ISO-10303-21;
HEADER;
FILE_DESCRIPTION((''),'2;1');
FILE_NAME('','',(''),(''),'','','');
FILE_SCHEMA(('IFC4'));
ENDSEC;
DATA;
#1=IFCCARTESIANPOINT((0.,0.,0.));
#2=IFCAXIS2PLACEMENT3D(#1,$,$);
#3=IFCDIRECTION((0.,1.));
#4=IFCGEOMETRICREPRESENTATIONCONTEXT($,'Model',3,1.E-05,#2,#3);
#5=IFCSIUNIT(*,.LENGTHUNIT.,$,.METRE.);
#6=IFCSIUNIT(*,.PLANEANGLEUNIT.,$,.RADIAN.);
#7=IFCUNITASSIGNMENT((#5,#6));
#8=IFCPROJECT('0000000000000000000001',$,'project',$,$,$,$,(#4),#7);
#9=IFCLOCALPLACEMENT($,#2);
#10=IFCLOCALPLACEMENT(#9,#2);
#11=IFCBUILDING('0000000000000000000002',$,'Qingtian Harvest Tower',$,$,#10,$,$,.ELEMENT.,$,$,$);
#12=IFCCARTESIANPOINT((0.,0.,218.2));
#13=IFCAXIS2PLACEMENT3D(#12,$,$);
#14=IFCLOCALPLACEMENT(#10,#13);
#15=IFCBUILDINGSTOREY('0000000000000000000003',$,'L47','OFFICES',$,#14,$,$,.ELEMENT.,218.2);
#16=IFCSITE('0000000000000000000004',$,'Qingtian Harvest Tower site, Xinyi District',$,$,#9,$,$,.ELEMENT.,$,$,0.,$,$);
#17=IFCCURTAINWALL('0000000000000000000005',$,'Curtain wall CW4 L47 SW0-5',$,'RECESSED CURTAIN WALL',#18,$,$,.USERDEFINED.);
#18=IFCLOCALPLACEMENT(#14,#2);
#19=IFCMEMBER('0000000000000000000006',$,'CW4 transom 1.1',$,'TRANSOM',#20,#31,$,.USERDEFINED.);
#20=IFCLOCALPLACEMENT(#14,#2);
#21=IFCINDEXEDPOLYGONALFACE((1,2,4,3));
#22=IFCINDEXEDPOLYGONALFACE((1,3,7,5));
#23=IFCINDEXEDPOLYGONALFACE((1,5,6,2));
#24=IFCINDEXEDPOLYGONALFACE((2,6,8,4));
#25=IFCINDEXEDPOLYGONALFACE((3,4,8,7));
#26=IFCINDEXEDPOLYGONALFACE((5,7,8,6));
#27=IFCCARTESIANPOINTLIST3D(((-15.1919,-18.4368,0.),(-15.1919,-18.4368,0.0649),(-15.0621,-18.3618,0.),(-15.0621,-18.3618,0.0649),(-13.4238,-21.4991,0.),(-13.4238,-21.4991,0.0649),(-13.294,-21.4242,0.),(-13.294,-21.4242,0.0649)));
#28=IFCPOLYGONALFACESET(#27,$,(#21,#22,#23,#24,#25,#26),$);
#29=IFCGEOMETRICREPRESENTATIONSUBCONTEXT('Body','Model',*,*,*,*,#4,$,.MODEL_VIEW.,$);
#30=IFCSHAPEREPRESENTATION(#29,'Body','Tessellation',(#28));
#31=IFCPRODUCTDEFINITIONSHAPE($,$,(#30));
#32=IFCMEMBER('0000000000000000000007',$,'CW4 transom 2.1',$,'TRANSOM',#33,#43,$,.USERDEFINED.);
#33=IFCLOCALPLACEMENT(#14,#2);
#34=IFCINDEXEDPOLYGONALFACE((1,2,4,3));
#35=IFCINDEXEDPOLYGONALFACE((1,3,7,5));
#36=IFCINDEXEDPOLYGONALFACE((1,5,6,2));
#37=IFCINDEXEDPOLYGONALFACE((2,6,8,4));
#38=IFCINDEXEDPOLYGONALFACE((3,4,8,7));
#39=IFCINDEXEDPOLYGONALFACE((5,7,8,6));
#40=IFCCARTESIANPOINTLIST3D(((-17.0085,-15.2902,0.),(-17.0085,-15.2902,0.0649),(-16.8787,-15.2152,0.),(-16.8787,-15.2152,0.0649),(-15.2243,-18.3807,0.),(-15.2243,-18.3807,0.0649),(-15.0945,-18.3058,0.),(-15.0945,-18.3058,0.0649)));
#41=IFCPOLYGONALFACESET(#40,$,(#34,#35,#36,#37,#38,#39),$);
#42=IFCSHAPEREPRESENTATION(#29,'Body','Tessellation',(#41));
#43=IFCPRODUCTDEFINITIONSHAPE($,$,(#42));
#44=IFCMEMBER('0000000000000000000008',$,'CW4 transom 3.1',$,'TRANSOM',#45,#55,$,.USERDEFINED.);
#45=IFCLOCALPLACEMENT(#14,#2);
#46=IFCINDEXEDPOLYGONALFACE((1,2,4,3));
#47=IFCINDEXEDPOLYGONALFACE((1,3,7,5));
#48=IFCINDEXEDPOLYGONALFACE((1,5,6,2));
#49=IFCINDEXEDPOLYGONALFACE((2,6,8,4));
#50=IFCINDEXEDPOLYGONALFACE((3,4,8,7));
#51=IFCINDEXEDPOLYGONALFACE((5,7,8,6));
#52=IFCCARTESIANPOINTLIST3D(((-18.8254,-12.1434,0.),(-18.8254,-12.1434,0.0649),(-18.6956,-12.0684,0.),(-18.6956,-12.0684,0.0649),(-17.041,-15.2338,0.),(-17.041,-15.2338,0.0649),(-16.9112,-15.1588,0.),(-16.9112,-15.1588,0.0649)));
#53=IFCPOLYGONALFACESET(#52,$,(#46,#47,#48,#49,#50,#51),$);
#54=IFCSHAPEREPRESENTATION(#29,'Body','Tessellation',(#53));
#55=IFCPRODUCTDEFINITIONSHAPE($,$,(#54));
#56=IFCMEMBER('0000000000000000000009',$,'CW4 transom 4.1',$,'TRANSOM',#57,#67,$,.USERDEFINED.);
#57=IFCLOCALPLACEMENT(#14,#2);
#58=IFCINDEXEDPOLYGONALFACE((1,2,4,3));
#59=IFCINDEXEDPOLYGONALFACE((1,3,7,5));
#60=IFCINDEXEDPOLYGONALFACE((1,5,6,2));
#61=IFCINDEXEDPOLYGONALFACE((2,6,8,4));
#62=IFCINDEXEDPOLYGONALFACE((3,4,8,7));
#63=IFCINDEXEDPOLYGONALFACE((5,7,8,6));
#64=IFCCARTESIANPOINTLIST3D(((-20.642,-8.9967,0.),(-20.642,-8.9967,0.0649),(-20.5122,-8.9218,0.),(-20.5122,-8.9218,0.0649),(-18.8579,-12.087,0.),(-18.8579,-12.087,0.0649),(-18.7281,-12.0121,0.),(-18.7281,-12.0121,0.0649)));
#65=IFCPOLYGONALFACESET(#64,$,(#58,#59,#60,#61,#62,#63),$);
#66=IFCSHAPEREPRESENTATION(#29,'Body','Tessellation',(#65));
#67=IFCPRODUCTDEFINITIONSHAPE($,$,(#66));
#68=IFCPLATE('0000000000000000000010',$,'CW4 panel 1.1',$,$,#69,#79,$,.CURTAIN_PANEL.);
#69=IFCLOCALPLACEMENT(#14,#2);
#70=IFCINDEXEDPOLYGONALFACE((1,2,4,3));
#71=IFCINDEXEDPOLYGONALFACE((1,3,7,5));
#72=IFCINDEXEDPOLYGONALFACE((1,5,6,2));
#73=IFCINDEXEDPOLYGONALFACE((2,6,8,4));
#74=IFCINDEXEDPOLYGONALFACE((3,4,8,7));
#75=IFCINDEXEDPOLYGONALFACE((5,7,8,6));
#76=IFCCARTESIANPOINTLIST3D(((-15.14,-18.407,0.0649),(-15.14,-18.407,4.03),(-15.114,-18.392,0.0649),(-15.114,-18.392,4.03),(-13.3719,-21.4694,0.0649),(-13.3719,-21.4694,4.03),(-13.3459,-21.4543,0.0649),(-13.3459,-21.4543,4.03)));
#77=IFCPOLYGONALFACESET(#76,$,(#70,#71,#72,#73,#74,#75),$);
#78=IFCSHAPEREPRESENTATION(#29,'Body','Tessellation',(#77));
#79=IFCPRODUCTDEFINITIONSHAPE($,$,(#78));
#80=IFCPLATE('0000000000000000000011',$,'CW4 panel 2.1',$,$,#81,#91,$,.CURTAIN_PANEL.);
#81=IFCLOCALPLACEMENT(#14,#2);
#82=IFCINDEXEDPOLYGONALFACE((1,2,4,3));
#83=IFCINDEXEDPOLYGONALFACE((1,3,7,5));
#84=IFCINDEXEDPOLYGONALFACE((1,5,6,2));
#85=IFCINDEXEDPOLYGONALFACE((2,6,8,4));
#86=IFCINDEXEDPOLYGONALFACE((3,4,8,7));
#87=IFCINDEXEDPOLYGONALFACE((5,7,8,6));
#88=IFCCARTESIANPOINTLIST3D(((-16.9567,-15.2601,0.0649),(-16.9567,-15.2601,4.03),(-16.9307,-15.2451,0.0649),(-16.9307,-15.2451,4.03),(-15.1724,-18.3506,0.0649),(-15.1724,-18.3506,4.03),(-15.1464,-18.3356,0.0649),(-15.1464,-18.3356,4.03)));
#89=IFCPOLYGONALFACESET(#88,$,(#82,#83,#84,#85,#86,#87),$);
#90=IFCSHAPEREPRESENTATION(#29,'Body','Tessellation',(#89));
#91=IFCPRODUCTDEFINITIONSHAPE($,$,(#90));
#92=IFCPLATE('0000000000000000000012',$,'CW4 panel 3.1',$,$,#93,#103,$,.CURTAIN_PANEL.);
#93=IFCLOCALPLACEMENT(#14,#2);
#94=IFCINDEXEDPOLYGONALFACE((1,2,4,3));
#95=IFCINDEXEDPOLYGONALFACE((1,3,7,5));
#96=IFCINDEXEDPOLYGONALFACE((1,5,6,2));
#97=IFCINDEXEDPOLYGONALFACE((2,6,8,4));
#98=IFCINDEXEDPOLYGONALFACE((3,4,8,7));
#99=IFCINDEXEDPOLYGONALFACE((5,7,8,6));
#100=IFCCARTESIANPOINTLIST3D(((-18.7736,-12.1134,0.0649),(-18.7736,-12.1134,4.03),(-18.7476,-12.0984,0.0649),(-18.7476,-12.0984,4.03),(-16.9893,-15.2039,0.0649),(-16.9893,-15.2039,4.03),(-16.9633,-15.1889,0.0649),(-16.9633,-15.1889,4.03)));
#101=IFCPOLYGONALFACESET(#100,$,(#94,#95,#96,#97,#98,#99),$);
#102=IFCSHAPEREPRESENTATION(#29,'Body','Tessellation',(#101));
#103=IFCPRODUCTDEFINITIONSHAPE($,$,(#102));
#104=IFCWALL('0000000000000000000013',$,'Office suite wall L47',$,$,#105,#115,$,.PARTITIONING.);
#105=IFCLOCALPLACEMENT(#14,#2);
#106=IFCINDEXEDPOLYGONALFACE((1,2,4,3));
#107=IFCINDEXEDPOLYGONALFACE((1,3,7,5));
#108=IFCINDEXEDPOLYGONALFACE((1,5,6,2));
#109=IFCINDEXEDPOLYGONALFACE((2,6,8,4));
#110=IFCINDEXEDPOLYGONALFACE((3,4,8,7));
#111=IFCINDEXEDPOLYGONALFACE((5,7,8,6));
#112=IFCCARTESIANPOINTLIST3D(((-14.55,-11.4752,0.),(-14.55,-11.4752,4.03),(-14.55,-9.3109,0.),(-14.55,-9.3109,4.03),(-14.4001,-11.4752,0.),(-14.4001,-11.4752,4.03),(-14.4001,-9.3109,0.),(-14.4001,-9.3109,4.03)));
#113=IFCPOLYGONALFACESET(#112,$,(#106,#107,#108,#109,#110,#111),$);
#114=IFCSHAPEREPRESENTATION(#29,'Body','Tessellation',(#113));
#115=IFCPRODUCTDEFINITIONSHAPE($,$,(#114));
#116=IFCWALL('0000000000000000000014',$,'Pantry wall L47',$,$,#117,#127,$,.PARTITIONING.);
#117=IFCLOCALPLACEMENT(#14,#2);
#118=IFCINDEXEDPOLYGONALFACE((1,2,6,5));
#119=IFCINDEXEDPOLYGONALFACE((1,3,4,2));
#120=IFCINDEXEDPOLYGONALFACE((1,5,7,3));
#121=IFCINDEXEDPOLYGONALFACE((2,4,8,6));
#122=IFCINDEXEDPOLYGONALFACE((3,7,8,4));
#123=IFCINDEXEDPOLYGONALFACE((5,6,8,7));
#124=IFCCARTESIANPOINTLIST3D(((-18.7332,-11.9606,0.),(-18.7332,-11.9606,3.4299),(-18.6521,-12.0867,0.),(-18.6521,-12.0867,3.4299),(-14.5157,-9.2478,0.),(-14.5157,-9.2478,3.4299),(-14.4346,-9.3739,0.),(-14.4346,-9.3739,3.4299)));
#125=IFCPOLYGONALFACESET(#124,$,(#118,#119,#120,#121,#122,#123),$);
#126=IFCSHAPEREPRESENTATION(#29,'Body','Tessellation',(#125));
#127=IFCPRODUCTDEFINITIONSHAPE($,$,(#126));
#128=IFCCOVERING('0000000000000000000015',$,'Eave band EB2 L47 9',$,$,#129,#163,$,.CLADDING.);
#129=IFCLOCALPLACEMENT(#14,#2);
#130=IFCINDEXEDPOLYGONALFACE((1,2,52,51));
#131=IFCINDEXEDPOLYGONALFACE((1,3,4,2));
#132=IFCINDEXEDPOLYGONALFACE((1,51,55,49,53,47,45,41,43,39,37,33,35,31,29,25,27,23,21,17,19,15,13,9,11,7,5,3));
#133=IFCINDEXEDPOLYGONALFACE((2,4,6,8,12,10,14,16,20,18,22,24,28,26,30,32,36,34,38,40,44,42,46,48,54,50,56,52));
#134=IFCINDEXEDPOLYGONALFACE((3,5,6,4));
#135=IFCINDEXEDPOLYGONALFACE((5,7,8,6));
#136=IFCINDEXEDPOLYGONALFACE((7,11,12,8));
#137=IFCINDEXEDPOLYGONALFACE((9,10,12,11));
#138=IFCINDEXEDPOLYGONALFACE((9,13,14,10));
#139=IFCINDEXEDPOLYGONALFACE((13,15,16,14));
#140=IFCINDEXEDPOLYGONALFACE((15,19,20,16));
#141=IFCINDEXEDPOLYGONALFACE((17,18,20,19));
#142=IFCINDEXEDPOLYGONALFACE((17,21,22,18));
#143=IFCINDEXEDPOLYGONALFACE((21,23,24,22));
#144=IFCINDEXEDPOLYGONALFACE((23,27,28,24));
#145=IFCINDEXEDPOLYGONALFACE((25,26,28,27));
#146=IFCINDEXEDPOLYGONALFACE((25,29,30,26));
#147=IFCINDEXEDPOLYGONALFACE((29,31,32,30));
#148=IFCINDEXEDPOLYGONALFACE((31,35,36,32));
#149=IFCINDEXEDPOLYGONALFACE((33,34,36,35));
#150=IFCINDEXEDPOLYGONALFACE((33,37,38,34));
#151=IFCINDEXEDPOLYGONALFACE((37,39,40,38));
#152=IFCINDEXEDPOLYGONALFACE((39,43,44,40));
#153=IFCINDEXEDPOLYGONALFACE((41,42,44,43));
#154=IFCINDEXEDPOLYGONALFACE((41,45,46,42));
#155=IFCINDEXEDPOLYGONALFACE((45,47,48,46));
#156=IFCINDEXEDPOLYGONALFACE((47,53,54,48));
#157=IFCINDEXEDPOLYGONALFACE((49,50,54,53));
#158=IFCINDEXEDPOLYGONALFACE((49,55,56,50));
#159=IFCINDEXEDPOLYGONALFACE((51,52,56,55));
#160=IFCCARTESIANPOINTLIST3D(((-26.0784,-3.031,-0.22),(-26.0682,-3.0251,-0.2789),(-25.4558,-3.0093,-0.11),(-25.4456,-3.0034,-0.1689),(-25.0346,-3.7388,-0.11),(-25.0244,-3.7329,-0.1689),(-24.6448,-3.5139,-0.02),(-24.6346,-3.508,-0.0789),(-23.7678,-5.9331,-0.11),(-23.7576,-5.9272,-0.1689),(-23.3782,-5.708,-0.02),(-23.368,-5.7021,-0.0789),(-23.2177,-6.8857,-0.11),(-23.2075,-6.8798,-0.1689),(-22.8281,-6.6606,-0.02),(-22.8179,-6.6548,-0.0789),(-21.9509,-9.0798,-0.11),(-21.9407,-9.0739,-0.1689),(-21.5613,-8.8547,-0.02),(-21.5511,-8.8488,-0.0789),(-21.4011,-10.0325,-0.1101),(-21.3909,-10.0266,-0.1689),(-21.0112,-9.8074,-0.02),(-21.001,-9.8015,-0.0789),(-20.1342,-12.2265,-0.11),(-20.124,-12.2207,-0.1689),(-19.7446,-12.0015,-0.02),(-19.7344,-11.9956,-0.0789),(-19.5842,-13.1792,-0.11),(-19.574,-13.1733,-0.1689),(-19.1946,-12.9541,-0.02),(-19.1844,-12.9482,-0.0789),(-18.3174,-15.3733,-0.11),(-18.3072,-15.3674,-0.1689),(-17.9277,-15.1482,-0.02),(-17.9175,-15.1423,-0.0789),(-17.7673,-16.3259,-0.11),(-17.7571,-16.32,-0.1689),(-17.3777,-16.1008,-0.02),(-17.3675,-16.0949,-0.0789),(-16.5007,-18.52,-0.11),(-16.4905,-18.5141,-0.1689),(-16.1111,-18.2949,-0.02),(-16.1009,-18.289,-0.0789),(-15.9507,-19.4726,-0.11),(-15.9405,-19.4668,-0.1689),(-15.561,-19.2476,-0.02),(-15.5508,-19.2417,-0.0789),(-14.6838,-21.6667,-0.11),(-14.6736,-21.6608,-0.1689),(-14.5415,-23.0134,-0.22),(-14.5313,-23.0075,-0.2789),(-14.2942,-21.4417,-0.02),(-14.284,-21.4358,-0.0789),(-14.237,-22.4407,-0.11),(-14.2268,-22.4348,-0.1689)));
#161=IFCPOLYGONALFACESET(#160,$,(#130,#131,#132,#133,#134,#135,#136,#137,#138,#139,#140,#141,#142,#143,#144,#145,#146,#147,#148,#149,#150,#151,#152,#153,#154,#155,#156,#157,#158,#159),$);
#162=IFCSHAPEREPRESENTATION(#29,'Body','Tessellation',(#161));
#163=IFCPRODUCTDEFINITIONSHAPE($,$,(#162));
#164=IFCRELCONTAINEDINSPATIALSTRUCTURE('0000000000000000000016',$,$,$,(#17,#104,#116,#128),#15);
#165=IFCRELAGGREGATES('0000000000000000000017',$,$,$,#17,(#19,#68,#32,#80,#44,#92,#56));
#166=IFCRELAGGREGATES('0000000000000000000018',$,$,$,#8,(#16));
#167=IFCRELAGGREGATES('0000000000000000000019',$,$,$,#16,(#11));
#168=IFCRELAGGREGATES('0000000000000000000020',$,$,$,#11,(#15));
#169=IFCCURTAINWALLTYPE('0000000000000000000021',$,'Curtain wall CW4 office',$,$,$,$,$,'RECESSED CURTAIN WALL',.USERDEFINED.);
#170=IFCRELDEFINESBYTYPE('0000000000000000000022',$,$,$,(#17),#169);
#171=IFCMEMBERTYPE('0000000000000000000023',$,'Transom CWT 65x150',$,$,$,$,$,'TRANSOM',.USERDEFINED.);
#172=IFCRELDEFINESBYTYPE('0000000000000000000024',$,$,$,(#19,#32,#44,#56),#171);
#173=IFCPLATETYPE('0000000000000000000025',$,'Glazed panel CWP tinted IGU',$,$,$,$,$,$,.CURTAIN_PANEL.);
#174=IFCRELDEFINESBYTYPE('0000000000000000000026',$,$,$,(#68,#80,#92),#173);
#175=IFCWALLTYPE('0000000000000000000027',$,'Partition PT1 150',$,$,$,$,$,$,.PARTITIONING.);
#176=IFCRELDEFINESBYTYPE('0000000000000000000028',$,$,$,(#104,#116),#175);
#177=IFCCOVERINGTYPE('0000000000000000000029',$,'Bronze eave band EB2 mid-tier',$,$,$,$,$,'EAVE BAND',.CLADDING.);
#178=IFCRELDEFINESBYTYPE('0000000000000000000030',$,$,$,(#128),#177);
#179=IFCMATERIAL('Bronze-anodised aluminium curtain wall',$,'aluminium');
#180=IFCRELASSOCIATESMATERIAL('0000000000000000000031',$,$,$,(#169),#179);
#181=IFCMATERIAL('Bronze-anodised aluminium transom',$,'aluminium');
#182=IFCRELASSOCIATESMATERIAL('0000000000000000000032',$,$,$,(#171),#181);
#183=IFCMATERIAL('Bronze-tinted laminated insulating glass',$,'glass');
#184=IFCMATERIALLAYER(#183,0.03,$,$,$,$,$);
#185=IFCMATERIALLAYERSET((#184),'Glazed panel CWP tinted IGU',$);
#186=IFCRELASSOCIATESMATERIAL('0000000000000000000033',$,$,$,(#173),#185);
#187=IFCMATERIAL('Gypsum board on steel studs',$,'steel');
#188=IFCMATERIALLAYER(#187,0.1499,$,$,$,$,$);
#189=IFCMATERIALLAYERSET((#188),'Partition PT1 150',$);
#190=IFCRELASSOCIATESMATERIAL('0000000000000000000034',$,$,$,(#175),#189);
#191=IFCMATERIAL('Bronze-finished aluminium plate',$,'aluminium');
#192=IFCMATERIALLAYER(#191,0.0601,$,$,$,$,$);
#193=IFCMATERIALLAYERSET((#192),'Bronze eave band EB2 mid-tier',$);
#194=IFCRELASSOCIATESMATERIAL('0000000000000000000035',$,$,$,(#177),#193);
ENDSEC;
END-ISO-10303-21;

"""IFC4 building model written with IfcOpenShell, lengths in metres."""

from ifc_helpers import new_model, si_unit, direction, frame, frame_2d, origin, origin_2d, place, context, subcontext, project, spatial, polyline, rectangle, outline, extrude, material, layer, layer_set, material_profile, profile_set, type_object, element, aggregate, save


model = new_model("IFC4")

# Units and contexts
model_context = context("Model", 3, precision=1e-05, world=origin(), true_north=direction((0.0, 1.0)))
body_context = subcontext(model_context, "Body", "Model", "MODEL_VIEW")
ifc_project = project(units=[si_unit("LENGTHUNIT", "METRE"), si_unit("PLANEANGLEUNIT", "RADIAN")], contexts=[model_context])

# Site, building, storey
site_placement = place(None, origin())
site = spatial("IfcSite", under=ifc_project, at=site_placement, Name="Qingtian Harvest Tower site, Xinyi District", CompositionType="ELEMENT", RefElevation=0.0)
building_placement = place(site_placement, origin())
building = spatial("IfcBuilding", under=site, at=building_placement, Name="Qingtian Harvest Tower", CompositionType="ELEMENT")
storey_placement = place(building_placement, frame((0.0, 0.0, 218.2)))
storey = spatial("IfcBuildingStorey", under=building, at=storey_placement, Name="L47", Description="OFFICES", CompositionType="ELEMENT", Elevation=218.2)

# Curtain wall
ifc_material_1 = material(Name="Bronze-anodised aluminium curtain wall", Category="aluminium")
curtain_wall_type = type_object("IfcCurtainWallType", Name="Curtain wall CW4 office", ElementType="RECESSED CURTAIN WALL", PredefinedType="USERDEFINED", material=ifc_material_1)
curtain_wall_placement = place(storey_placement, origin())
curtain_wall = element("IfcCurtainWall", 1, at=curtain_wall_placement, inside=storey, type_object=curtain_wall_type, Name="Curtain wall CW4 L47 SW0-5", ObjectType="RECESSED CURTAIN WALL", PredefinedType="USERDEFINED")

# Members
ifc_material_2 = material(Name="Bronze-anodised aluminium transom", Category="aluminium")
ifc_material_profile_1 = material_profile(ifc_material_2, rectangle(XDim=0.1499, YDim=0.0649, at=origin_2d()), Name="AL 65x150")
ifc_profile_set_1 = profile_set([ifc_material_profile_1], Name="Bronze-anodised aluminium transom")
member_type_1 = type_object("IfcMemberType", Name="Transom CWT 65x150", ElementType="TRANSOM", PredefinedType="USERDEFINED", material=ifc_profile_set_1)
member_1_placement = place(storey_placement, frame((-13.3589, -21.4617, 0.0325), z_axis=(-0.500015, 0.866017, 0.0), x_axis=(-0.866017, -0.500015, 0.0)))
member_1 = element("IfcMember", 2, at=member_1_placement, type_object=member_type_1, Name="CW4 transom 1.1", ObjectType="TRANSOM", PredefinedType="USERDEFINED", context=body_context, shape_type="SweptSolid", body=[
    extrude(rectangle(XDim=0.1499, YDim=0.0649, at=origin_2d()), origin(), (0.0, 0.0, 1.0), 3.5361),
])
member_2_placement = place(storey_placement, frame((-15.1594, -18.3433, 0.0325), z_axis=(-0.499965, 0.866045, 0.0), x_axis=(-0.866045, -0.499965, 0.0)))
member_2 = element("IfcMember", 3, at=member_2_placement, type_object=member_type_1, Name="CW4 transom 2.1", ObjectType="TRANSOM", PredefinedType="USERDEFINED", context=body_context, shape_type="SweptSolid", body=[
    extrude(rectangle(XDim=0.1499, YDim=0.0649, at=origin_2d()), origin(), (0.0, 0.0, 1.0), 3.5686),
])
member_3_placement = place(storey_placement, frame((-16.9761, -15.1963, 0.0325), z_axis=(-0.500046, 0.865999, 0.0), x_axis=(-0.865999, -0.500046, 0.0)))
member_3 = element("IfcMember", 4, at=member_3_placement, type_object=member_type_1, Name="CW4 transom 3.1", ObjectType="TRANSOM", PredefinedType="USERDEFINED", context=body_context, shape_type="SweptSolid", body=[
    extrude(rectangle(XDim=0.1499, YDim=0.0649, at=origin_2d()), origin(), (0.0, 0.0, 1.0), 3.5686),
])
member_4_placement = place(storey_placement, frame((-18.793, -12.0496, 0.0325), z_axis=(-0.499995, 0.866028, 0.0), x_axis=(-0.866028, -0.499995, 0.0)))
member_4 = element("IfcMember", 5, at=member_4_placement, type_object=member_type_1, Name="CW4 transom 4.1", ObjectType="TRANSOM", PredefinedType="USERDEFINED", context=body_context, shape_type="SweptSolid", body=[
    extrude(rectangle(XDim=0.1499, YDim=0.0649, at=origin_2d()), origin(), (0.0, 0.0, 1.0), 3.5684),
])

# Plates
ifc_material_3 = material(Name="Bronze-tinted laminated insulating glass", Category="glass")
ifc_layer_1 = layer(ifc_material_3, 0.03)
ifc_layer_set_1 = layer_set([ifc_layer_1], Name="Glazed panel CWP tinted IGU")
plate_type = type_object("IfcPlateType", Name="Glazed panel CWP tinted IGU", PredefinedType="CURTAIN_PANEL", material=ifc_layer_set_1)
plate_1_placement = place(storey_placement, frame((-14.2429, -19.9307, 0.0649), z_axis=(0.0, 0.0, 1.0), x_axis=(-0.5, 0.866025, 0.0)))
plate_1 = element("IfcPlate", 6, at=plate_1_placement, type_object=plate_type, Name="CW4 panel 1.1", PredefinedType="CURTAIN_PANEL", context=body_context, shape_type="SweptSolid", body=[
    extrude(rectangle(XDim=3.5361, YDim=0.03, at=origin_2d()), origin(), (0.0, 0.0, 1.0), 3.9651),
])
plate_2_placement = place(storey_placement, frame((-16.0515, -16.7979, 0.0649), z_axis=(0.0, 0.0, 1.0), x_axis=(-0.5, 0.866025, 0.0)))
plate_2 = element("IfcPlate", 7, at=plate_2_placement, type_object=plate_type, Name="CW4 panel 2.1", PredefinedType="CURTAIN_PANEL", context=body_context, shape_type="SweptSolid", body=[
    extrude(rectangle(XDim=3.5686, YDim=0.03, at=origin_2d()), origin(), (0.0, 0.0, 1.0), 3.9651),
])
plate_3_placement = place(storey_placement, frame((-17.8684, -13.6511, 0.0649), z_axis=(0.0, 0.0, 1.0), x_axis=(-0.5, 0.866025, 0.0)))
plate_3 = element("IfcPlate", 8, at=plate_3_placement, type_object=plate_type, Name="CW4 panel 3.1", PredefinedType="CURTAIN_PANEL", context=body_context, shape_type="SweptSolid", body=[
    extrude(rectangle(XDim=3.5686, YDim=0.03, at=origin_2d()), origin(), (0.0, 0.0, 1.0), 3.9651),
])
aggregate(curtain_wall, [member_1, plate_1, member_2, plate_2, member_3, plate_3, member_4])

# Walls
ifc_material_4 = material(Name="Gypsum board on steel studs", Category="steel")
ifc_layer_2 = layer(ifc_material_4, 0.1499)
ifc_layer_set_2 = layer_set([ifc_layer_2], Name="Partition PT1 150")
wall_type = type_object("IfcWallType", Name="Partition PT1 150", PredefinedType="PARTITIONING", material=ifc_layer_set_2)
wall_1_placement = place(storey_placement, frame((-14.4751, -11.4751, 0.0), z_axis=(0.0, 0.0, 1.0), x_axis=(0.0, 1.0, 0.0)))
element("IfcWall", 9, at=wall_1_placement, inside=storey, type_object=wall_type, Name="Office suite wall L47", PredefinedType="PARTITIONING", context=body_context, shape_type="SweptSolid", body=[
    extrude(rectangle(XDim=2.1643, YDim=0.1499, at=frame_2d((1.082, 0.0))), origin(), (0.0, 0.0, 1.0), 4.03),
])
wall_2_placement = place(storey_placement, frame((-18.6926, -12.0237, 0.0), z_axis=(0.0, 0.0, 1.0), x_axis=(0.841031, 0.540986, 0.0)))
element("IfcWall", 10, at=wall_2_placement, inside=storey, type_object=wall_type, Name="Pantry wall L47", PredefinedType="PARTITIONING", context=body_context, shape_type="SweptSolid", body=[
    extrude(rectangle(XDim=5.0146, YDim=0.1499, at=frame_2d((2.5073, 0.0))), origin(), (0.0, 0.0, 1.0), 3.4299),
])

# Covering
ifc_material_5 = material(Name="Bronze-finished aluminium plate", Category="aluminium")
ifc_layer_3 = layer(ifc_material_5, 0.0601)
ifc_layer_set_3 = layer_set([ifc_layer_3], Name="Bronze eave band EB2 mid-tier")
covering_type = type_object("IfcCoveringType", Name="Bronze eave band EB2 mid-tier", ElementType="EAVE BAND", PredefinedType="CLADDING", material=ifc_layer_set_3)
covering_placement = place(storey_placement, frame((-14.2942, -21.4417, -0.02), z_axis=(-0.169842, -0.098058, 0.980581), x_axis=(-0.849081, -0.490509, -0.196117)))
element("IfcCovering", 11, at=covering_placement, inside=storey, type_object=covering_type, Name="Eave band EB2 L47 9", PredefinedType="CLADDING", context=body_context, shape_type="SweptSolid", body=[
    extrude(outline(polyline([(0.0, 0.0), (0.4589, 0.0), (0.4591, 0.8936), (1.0202, 1.2373), (1.0143, -21.8364), (0.4535, -21.5438), (0.4537, -20.7015), (-0.0052, -20.7012), (-0.0045, -18.1677), (0.4544, -18.1677), (0.4547, -17.0677), (-0.0042, -17.0677), (-0.0036, -14.5341), (0.4552, -14.5341), (0.4557, -13.4342), (-0.0034, -13.4341), (-0.0026, -10.9007), (0.4562, -10.9007), (0.4565, -9.8006), (-0.0024, -9.8006), (-0.0018, -7.2671), (0.4571, -7.2671), (0.4573, -6.167), (-0.0016, -6.167), (-0.0008, -3.6336), (0.4581, -3.6336), (0.4583, -2.5336), (-0.0006, -2.5336), (0.0, 0.0)])), origin(), (0.0, 0.0, -1.0), 0.0601),
])

save(model, "model.ifc")
